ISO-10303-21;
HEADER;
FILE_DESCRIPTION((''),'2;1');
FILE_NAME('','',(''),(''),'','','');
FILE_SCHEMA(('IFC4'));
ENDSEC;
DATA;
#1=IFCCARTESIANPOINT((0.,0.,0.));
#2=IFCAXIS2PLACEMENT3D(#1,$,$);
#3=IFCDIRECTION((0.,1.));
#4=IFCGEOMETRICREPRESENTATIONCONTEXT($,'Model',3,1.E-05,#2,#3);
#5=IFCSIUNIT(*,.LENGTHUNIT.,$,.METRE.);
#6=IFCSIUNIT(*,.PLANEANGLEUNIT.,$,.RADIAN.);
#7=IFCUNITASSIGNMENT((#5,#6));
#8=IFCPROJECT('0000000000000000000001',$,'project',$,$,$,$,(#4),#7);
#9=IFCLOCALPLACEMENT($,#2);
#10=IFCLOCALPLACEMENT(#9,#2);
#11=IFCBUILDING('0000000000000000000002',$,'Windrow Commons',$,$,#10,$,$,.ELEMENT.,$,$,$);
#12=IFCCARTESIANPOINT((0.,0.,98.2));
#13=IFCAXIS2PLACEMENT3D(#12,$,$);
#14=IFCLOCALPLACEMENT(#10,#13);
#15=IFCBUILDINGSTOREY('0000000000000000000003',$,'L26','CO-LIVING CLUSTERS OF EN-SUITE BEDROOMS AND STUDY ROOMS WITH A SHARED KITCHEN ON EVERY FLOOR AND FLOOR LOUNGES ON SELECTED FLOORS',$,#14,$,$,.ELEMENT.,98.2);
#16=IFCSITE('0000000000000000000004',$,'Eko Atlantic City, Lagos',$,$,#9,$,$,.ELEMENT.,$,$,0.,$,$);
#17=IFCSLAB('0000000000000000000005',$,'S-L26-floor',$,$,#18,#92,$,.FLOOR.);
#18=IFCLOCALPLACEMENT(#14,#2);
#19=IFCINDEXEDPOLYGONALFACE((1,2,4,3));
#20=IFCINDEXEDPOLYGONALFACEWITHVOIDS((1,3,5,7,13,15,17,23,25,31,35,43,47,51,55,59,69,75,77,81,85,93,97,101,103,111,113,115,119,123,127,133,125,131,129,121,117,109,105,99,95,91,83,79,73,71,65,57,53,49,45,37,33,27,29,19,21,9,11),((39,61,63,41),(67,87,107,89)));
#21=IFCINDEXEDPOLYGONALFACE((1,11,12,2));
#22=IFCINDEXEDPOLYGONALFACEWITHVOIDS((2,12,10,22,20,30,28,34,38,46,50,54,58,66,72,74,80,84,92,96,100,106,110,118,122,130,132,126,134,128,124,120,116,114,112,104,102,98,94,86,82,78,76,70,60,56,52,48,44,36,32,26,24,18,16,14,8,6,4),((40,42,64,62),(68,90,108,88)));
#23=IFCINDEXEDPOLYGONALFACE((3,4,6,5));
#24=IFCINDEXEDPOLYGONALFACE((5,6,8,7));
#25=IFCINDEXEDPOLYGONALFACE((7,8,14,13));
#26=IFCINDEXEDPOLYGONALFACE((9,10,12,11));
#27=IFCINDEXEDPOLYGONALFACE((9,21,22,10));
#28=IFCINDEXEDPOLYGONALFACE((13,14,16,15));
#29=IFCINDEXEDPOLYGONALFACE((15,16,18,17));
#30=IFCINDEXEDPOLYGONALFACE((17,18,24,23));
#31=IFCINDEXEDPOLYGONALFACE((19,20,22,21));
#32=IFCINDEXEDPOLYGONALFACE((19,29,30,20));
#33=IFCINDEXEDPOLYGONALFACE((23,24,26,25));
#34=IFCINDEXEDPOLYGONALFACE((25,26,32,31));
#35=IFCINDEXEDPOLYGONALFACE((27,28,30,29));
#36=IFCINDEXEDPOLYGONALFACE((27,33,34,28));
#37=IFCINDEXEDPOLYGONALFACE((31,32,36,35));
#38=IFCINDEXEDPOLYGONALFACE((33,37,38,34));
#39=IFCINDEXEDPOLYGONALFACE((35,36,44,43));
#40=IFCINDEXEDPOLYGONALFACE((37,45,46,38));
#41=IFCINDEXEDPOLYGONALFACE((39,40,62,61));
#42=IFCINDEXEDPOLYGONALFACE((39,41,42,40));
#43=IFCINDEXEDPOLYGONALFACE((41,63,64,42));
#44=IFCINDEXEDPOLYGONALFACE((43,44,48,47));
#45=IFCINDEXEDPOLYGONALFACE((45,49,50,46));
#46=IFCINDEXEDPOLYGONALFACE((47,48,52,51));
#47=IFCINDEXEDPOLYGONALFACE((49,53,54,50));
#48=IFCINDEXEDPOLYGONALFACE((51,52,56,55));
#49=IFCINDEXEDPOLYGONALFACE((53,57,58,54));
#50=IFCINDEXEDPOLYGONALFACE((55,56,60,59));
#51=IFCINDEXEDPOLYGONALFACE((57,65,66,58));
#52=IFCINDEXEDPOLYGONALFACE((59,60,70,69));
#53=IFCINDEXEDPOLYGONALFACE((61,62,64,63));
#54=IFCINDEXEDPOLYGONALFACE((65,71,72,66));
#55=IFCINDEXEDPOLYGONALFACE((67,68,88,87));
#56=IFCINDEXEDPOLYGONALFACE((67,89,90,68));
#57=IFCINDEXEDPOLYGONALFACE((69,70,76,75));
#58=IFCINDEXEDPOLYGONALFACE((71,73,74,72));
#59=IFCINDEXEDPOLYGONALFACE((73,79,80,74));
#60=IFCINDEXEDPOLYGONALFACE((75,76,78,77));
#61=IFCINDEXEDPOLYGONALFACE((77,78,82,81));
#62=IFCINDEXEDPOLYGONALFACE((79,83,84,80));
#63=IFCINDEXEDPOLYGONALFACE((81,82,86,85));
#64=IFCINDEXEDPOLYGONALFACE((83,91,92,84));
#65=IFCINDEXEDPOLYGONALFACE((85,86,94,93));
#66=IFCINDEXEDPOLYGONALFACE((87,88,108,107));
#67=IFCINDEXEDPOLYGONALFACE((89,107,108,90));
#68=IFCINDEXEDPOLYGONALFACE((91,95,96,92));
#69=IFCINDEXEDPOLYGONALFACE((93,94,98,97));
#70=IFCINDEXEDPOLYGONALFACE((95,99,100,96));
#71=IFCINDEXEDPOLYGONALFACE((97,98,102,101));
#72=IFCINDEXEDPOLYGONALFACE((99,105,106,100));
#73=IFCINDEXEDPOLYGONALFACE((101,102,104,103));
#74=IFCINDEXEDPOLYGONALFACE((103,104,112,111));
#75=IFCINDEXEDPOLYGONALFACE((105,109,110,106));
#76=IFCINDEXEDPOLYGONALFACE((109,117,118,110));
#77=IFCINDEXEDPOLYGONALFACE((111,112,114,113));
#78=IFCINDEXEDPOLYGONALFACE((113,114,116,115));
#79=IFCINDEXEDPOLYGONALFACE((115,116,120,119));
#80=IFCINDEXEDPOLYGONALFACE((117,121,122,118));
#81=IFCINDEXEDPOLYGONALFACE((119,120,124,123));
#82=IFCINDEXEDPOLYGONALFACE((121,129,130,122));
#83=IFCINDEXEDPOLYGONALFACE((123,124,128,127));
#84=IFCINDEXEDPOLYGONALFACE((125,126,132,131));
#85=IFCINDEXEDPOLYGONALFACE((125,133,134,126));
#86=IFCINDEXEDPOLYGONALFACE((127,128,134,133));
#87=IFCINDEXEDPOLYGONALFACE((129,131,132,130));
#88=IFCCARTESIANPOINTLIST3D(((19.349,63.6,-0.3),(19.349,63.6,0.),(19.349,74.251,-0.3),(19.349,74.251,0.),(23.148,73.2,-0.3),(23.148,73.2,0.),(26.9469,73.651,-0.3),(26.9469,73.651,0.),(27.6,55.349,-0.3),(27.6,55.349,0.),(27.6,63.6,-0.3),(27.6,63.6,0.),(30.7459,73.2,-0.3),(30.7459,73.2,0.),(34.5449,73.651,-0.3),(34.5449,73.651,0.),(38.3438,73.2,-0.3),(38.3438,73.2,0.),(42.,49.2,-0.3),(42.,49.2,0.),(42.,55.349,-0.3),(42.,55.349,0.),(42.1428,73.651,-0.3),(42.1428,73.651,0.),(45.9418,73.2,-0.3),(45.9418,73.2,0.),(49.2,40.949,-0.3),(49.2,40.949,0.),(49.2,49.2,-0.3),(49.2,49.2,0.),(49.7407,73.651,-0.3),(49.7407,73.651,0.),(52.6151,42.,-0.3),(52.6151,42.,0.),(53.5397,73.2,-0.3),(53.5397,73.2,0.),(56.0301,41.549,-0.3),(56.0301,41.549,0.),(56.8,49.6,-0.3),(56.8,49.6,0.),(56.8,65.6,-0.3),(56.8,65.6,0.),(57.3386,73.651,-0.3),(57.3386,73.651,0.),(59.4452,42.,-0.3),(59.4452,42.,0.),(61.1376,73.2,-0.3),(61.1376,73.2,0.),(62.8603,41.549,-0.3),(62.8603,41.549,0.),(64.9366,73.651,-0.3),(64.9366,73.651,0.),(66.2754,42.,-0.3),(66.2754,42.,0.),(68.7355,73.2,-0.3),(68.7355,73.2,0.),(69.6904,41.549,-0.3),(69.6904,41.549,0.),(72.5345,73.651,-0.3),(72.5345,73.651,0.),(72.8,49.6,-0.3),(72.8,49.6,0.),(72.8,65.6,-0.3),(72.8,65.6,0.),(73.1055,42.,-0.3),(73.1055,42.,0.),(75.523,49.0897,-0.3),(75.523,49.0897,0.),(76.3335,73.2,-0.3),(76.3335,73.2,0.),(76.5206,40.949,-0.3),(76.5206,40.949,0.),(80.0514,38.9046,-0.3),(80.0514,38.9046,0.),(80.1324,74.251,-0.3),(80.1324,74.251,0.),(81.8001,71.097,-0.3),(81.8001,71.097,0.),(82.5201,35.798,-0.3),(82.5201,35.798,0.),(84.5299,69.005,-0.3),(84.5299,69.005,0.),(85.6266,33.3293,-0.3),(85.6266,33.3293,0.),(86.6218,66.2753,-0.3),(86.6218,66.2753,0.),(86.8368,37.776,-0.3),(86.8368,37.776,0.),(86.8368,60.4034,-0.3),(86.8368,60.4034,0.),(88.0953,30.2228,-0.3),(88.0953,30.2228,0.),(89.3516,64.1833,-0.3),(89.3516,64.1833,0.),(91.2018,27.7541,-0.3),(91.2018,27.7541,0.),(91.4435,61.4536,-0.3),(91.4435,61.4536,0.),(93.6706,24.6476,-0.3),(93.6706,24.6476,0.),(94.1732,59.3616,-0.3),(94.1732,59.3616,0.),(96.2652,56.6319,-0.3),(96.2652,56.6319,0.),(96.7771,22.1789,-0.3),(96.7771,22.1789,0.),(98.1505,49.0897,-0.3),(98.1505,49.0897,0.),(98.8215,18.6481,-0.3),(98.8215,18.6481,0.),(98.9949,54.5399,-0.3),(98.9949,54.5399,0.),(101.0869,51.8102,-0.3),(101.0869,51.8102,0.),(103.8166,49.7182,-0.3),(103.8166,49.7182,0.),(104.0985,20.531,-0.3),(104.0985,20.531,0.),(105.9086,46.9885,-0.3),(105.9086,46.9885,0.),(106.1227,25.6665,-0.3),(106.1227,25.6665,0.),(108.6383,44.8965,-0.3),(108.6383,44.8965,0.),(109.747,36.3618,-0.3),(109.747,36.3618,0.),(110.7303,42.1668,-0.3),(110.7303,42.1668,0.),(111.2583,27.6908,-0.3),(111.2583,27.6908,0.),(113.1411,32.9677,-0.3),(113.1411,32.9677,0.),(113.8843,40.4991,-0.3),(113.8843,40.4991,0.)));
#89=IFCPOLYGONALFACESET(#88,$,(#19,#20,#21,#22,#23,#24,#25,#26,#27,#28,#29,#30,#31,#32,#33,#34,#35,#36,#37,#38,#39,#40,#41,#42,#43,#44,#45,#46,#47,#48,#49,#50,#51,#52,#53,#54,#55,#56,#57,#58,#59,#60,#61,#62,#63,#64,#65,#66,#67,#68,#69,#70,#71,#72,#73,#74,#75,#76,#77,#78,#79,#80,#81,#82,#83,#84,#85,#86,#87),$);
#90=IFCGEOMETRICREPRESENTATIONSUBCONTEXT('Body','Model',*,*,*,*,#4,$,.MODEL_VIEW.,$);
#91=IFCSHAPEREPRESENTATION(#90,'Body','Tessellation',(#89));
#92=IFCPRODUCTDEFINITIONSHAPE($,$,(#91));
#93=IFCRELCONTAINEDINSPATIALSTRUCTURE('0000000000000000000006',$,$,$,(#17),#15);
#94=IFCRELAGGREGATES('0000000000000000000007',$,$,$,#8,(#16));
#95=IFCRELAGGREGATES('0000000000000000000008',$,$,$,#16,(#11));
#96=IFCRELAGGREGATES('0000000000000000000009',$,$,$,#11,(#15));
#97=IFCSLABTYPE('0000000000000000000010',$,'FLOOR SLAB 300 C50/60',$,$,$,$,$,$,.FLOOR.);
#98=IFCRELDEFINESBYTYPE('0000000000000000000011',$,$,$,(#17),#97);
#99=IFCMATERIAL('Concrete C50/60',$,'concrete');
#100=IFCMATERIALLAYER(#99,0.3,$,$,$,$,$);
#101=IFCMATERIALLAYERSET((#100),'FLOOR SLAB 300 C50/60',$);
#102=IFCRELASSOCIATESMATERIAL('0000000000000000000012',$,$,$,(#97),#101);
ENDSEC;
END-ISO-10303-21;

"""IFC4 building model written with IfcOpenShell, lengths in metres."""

from ifc_helpers import new_model, si_unit, direction, frame, origin, place, context, subcontext, project, spatial, polyline, outline, extrude, material, layer, layer_set, type_object, element, save


model = new_model("IFC4")

# Units and contexts
model_context = context("Model", 3, precision=1e-05, world=origin(), true_north=direction((0.0, 1.0)))
body_context = subcontext(model_context, "Body", "Model", "MODEL_VIEW")
ifc_project = project(units=[si_unit("LENGTHUNIT", "METRE"), si_unit("PLANEANGLEUNIT", "RADIAN")], contexts=[model_context])

# Site, building, storey
site_placement = place(None, origin())
site = spatial("IfcSite", under=ifc_project, at=site_placement, Name="Eko Atlantic City, Lagos", CompositionType="ELEMENT", RefElevation=0.0)
building_placement = place(site_placement, origin())
building = spatial("IfcBuilding", under=site, at=building_placement, Name="Windrow Commons", CompositionType="ELEMENT")
storey_placement = place(building_placement, frame((0.0, 0.0, 98.2)))
storey = spatial("IfcBuildingStorey", under=building, at=storey_placement, Name="L26", Description="CO-LIVING CLUSTERS OF EN-SUITE BEDROOMS AND STUDY ROOMS WITH A SHARED KITCHEN ON EVERY FLOOR AND FLOOR LOUNGES ON SELECTED FLOORS", CompositionType="ELEMENT", Elevation=98.2)

# Shared definitions
placement_1 = place(storey_placement, frame((0.0, 0.0, -0.3)))

# Slab, openings
ifc_material_1 = material(Name="Concrete C50/60", Category="concrete")
ifc_layer_1 = layer(ifc_material_1, 0.3)
ifc_layer_set_1 = layer_set([ifc_layer_1], Name="FLOOR SLAB 300 C50/60")
slab_type_1 = type_object("IfcSlabType", Name="FLOOR SLAB 300 C50/60", PredefinedType="FLOOR", material=ifc_layer_set_1)
slab_1 = element("IfcSlab", 1, at=placement_1, inside=storey, type_object=slab_type_1, Name="S-L26-floor", PredefinedType="FLOOR", context=body_context, shape_type="SweptSolid", body=[
    extrude(outline(polyline([(96.7771, 22.1789), (98.8215, 18.6481), (104.0985, 20.531), (106.1227, 25.6665), (111.2583, 27.6908), (113.1411, 32.9677), (109.747, 36.3618), (113.8843, 40.4991), (110.7303, 42.1668), (108.6383, 44.8965), (105.9086, 46.9885), (103.8166, 49.7182), (101.0869, 51.8102), (98.9949, 54.5399), (96.2652, 56.6319), (94.1732, 59.3616), (91.4435, 61.4536), (89.3516, 64.1833), (86.6218, 66.2753), (84.5299, 69.005), (81.8001, 71.097), (80.1324, 74.251), (76.3335, 73.2), (72.5345, 73.651), (68.7355, 73.2), (64.9366, 73.651), (61.1376, 73.2), (57.3386, 73.651), (53.5397, 73.2), (49.7407, 73.651), (45.9418, 73.2), (42.1428, 73.651), (38.3438, 73.2), (34.5449, 73.651), (30.7459, 73.2), (26.9469, 73.651), (23.148, 73.2), (19.349, 74.251), (19.349, 63.6), (27.6, 63.6), (27.6, 55.349), (42.0, 55.349), (42.0, 49.2), (49.2, 49.2), (49.2, 40.949), (52.6151, 42.0), (56.0301, 41.549), (59.4452, 42.0), (62.8603, 41.549), (66.2754, 42.0), (69.6904, 41.549), (73.1055, 42.0), (76.5206, 40.949), (80.0514, 38.9046), (82.5201, 35.798), (85.6266, 33.3293), (88.0953, 30.2228), (91.2018, 27.7541), (93.6706, 24.6476), (96.7771, 22.1789)]), holes=[polyline([(75.523, 49.0897), (86.8368, 60.4034), (98.1505, 49.0897), (86.8368, 37.776), (75.523, 49.0897)]), polyline([(56.8, 49.6), (56.8, 65.6), (72.8, 65.6), (72.8, 49.6), (56.8, 49.6)])]), origin(), (0.0, 0.0, 1.0), 0.3),
])
opening_1_placement = place(placement_1, origin())
element("IfcOpeningElement", 2, at=opening_1_placement, cuts=slab_1, PredefinedType="OPENING", context=body_context, shape_type="SweptSolid", body=[
    extrude(outline(polyline([(75.5301, 49.0897), (86.8368, 60.3963), (98.1434, 49.0897), (86.8368, 37.7831), (75.5301, 49.0897)])), origin(), (0.0, 0.0, 1.0), 0.3),
])
opening_2_placement = place(placement_1, origin())
element("IfcOpeningElement", 3, at=opening_2_placement, cuts=slab_1, PredefinedType="OPENING", context=body_context, shape_type="SweptSolid", body=[
    extrude(outline(polyline([(56.805, 49.605), (56.805, 65.595), (72.795, 65.595), (72.795, 49.605), (56.805, 49.605)])), origin(), (0.0, 0.0, 1.0), 0.3),
])

save(model, "model.ifc")
